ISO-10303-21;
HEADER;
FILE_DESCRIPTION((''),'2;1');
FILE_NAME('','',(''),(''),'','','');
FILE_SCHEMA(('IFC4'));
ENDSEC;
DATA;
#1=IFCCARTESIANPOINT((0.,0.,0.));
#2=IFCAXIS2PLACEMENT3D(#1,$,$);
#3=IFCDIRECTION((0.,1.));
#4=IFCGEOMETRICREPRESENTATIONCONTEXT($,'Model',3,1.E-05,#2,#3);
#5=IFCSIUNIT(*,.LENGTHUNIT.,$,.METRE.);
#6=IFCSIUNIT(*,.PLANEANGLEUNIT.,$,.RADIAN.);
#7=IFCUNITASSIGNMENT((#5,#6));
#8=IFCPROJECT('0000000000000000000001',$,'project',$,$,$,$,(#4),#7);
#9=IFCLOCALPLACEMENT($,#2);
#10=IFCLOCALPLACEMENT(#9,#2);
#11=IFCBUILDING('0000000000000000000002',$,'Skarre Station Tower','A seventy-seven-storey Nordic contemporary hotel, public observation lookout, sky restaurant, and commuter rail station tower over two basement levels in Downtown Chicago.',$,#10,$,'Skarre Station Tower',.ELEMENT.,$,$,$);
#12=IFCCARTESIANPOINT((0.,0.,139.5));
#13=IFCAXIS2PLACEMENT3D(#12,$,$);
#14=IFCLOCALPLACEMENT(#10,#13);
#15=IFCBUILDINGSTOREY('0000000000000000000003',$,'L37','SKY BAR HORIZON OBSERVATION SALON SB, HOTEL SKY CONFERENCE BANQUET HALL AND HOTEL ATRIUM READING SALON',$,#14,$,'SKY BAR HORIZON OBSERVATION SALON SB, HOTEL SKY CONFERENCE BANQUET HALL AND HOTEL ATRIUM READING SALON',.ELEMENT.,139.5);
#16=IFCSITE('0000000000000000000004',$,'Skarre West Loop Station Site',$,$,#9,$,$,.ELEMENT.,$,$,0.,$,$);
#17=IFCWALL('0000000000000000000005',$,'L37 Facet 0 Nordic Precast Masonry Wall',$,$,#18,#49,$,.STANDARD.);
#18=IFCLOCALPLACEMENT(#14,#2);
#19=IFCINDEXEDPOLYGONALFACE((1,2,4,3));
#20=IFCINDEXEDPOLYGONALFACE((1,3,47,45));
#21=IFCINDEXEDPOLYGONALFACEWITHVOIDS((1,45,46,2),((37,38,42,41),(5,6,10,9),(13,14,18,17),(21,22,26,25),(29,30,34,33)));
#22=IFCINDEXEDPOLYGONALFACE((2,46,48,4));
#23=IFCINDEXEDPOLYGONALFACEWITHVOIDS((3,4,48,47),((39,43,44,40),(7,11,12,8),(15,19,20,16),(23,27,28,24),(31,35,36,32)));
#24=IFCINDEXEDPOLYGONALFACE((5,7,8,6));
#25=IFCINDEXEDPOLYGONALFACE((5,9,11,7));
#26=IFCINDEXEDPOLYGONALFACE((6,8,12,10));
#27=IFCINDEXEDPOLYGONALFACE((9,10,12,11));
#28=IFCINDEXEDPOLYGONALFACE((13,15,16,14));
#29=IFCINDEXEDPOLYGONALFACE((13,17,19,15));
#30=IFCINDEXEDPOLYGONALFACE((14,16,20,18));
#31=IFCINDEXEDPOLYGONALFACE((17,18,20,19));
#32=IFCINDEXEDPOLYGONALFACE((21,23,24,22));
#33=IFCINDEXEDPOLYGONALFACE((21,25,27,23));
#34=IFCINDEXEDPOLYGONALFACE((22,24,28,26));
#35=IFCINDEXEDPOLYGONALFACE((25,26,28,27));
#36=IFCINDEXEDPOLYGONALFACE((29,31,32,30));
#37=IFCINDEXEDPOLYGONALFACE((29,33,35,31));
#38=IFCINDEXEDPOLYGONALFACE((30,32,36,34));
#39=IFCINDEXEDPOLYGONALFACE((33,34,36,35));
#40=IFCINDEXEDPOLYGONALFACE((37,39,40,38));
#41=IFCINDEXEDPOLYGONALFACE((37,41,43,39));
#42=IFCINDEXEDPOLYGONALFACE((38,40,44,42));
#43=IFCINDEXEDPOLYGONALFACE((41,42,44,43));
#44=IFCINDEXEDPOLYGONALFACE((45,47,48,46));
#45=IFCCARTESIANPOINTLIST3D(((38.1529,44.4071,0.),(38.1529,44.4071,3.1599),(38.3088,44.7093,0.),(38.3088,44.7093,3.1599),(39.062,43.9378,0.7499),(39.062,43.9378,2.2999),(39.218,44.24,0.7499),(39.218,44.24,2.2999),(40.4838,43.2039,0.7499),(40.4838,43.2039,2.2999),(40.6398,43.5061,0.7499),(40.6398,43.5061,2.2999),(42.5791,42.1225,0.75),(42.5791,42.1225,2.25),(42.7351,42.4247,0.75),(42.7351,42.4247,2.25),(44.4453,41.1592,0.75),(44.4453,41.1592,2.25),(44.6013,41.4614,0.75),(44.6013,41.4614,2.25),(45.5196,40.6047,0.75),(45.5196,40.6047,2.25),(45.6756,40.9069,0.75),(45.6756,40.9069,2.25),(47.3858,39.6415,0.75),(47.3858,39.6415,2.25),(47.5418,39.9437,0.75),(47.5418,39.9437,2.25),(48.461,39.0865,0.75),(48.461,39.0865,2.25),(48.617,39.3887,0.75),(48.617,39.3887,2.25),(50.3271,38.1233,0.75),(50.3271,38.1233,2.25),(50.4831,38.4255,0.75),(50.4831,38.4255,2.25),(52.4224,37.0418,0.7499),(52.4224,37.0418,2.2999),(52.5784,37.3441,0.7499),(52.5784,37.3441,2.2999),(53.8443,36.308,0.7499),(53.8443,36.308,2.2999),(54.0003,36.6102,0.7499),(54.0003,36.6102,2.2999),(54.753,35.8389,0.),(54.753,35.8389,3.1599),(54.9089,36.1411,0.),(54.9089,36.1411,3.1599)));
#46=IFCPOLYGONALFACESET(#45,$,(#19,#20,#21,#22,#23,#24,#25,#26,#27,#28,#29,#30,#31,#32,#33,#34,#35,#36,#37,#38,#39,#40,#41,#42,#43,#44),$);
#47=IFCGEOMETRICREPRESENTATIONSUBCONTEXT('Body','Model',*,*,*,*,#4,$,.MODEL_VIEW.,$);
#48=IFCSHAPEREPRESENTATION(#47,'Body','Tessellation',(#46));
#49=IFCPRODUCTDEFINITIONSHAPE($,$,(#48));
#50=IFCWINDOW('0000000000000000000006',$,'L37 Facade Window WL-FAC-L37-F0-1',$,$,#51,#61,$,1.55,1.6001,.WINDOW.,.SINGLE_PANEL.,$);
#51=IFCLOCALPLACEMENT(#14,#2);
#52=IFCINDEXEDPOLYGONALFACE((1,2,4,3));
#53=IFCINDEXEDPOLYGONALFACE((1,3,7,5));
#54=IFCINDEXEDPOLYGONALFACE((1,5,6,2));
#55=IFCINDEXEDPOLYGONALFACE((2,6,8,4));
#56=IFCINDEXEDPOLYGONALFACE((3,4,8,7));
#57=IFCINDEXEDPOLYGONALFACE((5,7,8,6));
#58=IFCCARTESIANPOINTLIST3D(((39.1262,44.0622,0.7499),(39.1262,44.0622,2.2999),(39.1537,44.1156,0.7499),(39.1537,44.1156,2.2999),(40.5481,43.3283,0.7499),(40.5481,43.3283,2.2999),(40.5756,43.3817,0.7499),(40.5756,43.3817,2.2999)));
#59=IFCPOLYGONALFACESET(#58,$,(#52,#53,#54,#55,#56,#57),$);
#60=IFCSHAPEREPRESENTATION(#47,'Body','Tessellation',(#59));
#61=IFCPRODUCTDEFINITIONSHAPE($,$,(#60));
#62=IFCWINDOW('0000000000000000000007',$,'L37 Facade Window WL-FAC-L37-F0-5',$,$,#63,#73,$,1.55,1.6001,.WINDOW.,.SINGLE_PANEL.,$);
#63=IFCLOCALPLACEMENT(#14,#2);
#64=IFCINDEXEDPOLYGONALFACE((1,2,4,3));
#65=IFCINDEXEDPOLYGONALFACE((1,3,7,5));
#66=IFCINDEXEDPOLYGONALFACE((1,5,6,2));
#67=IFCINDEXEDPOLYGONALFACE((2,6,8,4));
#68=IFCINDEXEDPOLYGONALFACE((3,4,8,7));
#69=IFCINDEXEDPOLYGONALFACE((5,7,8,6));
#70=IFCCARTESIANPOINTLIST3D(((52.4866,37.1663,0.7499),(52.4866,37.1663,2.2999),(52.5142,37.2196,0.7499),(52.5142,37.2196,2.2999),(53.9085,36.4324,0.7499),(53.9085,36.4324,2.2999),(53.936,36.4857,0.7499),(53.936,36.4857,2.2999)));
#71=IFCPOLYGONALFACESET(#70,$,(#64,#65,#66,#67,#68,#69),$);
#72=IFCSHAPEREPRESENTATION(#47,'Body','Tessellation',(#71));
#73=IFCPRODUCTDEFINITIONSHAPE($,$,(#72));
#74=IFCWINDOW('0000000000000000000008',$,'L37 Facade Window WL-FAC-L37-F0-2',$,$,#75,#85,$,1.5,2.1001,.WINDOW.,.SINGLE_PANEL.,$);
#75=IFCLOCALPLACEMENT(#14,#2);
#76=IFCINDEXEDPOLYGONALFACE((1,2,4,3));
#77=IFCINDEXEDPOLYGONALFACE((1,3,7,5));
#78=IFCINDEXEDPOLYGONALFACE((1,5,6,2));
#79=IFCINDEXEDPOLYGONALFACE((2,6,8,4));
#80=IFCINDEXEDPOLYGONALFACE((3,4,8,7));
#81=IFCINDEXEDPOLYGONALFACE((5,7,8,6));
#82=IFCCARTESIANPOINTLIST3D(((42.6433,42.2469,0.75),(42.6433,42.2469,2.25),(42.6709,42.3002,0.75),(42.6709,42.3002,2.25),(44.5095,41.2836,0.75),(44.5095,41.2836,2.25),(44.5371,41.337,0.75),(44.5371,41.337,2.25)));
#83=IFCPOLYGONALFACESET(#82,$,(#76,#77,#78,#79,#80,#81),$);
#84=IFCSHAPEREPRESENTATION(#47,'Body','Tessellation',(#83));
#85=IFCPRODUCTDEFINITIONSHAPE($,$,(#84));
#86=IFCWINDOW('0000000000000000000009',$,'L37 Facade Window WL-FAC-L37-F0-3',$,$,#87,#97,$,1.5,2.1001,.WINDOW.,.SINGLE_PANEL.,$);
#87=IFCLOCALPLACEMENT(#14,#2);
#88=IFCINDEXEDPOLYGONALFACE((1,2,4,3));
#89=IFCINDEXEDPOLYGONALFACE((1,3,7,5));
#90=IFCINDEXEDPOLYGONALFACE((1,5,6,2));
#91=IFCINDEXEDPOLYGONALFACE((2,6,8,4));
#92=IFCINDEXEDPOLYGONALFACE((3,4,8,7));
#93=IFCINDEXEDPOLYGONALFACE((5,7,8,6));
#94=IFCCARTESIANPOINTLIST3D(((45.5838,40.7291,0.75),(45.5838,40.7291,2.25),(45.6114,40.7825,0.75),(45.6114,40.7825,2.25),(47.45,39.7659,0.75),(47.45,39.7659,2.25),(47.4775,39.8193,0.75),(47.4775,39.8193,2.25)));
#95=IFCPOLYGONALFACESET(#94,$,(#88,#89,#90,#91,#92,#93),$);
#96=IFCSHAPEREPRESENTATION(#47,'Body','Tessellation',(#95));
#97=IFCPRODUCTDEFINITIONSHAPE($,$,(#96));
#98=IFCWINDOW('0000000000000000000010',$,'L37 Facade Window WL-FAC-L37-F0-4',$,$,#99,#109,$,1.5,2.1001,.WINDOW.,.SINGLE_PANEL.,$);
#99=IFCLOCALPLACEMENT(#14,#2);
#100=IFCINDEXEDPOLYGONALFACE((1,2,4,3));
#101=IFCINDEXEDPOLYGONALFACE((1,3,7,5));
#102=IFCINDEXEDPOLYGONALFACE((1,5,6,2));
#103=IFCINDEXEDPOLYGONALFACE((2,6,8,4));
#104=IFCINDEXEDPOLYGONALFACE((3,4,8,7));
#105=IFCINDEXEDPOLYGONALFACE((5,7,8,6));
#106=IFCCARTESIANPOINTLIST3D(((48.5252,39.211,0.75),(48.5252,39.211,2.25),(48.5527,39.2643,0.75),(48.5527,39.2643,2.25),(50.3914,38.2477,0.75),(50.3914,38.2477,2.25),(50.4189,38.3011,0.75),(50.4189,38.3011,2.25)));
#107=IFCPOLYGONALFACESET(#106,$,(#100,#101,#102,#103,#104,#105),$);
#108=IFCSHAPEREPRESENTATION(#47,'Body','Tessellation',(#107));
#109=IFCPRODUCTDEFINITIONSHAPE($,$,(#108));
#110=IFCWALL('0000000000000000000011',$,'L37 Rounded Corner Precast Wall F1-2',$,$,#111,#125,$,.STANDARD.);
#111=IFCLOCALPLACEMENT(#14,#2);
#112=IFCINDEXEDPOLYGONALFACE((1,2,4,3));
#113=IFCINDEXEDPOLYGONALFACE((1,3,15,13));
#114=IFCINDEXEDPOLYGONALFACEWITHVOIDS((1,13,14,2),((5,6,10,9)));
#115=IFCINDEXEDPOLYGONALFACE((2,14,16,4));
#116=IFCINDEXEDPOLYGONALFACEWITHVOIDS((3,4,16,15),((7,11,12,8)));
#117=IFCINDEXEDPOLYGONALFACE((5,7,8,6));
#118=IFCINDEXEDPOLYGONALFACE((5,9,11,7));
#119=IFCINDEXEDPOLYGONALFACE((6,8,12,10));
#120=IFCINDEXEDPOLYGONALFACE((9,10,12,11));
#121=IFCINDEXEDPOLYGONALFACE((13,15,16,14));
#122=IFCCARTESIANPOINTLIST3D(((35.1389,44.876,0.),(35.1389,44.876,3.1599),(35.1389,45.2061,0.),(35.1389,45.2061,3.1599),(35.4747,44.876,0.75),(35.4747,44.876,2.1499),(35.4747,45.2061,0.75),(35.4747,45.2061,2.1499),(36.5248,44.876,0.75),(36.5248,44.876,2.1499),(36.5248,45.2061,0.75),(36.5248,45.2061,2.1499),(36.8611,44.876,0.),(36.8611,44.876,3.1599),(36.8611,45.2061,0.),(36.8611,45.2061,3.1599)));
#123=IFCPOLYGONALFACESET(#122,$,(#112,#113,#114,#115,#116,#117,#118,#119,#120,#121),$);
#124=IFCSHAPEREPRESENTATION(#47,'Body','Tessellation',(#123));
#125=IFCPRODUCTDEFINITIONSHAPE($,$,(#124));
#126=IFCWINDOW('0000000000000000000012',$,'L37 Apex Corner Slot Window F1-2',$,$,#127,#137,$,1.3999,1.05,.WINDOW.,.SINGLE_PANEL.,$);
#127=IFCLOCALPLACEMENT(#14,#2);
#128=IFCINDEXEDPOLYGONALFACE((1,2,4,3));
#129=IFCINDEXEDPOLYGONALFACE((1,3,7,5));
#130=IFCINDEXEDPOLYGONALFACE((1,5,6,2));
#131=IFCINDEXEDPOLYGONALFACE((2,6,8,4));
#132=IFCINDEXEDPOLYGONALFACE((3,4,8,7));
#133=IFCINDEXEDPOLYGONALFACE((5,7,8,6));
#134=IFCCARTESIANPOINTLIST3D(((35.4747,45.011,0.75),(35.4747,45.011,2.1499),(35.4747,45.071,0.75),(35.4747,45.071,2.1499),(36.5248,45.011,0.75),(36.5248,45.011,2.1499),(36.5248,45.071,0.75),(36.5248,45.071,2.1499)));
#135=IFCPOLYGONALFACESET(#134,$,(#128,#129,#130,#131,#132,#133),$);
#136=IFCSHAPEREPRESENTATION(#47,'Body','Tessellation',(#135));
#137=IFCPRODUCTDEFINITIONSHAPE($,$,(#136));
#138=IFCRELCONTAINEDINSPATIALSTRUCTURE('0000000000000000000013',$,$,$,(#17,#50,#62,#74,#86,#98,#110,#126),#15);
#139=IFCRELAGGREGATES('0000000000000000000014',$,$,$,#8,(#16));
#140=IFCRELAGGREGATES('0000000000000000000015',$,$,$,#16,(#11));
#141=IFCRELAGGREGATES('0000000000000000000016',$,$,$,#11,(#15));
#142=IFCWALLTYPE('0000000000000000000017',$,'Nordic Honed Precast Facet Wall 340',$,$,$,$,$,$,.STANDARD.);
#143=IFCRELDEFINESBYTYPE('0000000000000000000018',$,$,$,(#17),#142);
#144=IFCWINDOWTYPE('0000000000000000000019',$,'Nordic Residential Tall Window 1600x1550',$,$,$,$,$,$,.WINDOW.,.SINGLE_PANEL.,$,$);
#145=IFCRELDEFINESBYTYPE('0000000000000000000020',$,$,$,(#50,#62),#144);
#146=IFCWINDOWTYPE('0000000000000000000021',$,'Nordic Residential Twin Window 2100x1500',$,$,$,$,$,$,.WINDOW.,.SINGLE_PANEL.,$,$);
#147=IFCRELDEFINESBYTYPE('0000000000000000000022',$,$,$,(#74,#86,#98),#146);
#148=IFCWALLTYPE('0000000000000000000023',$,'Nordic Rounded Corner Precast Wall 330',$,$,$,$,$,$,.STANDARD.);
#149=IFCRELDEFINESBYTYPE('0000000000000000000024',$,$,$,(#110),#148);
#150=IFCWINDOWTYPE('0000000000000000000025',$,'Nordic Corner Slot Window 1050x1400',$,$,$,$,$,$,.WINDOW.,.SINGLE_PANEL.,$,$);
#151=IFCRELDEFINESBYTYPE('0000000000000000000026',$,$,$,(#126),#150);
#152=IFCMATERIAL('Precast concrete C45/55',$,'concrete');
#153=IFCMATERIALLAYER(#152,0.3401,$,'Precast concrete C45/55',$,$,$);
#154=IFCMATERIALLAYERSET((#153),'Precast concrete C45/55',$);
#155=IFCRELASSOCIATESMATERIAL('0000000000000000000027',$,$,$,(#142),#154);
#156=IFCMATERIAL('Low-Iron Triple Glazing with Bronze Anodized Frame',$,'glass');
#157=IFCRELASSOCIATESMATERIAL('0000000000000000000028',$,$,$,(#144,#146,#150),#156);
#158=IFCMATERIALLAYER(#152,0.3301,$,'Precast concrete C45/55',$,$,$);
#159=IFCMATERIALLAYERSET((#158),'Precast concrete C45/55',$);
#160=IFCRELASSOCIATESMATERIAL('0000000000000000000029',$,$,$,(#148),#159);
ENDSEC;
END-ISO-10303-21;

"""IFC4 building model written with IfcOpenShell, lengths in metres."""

from ifc_helpers import new_model, si_unit, direction, frame, frame_2d, origin, place, context, subcontext, project, spatial, rectangle, extrude, material, layer, layer_set, type_object, element, fill, save


model = new_model("IFC4")

# Units and contexts
model_context = context("Model", 3, precision=1e-05, world=origin(), true_north=direction((0.0, 1.0)))
body_context = subcontext(model_context, "Body", "Model", "MODEL_VIEW")
ifc_project = project(units=[si_unit("LENGTHUNIT", "METRE"), si_unit("PLANEANGLEUNIT", "RADIAN")], contexts=[model_context])

# Site, building, storey
site_placement = place(None, origin())
site = spatial("IfcSite", under=ifc_project, at=site_placement, Name="Skarre West Loop Station Site", CompositionType="ELEMENT", RefElevation=0.0)
building_placement = place(site_placement, origin())
building = spatial("IfcBuilding", under=site, at=building_placement, Name="Skarre Station Tower", Description="A seventy-seven-storey Nordic contemporary hotel, public observation lookout, sky restaurant, and commuter rail station tower over two basement levels in Downtown Chicago.", LongName="Skarre Station Tower", CompositionType="ELEMENT")
storey_placement = place(building_placement, frame((0.0, 0.0, 139.5)))
storey = spatial("IfcBuildingStorey", under=building, at=storey_placement, Name="L37", Description="SKY BAR HORIZON OBSERVATION SALON SB, HOTEL SKY CONFERENCE BANQUET HALL AND HOTEL ATRIUM READING SALON", LongName="SKY BAR HORIZON OBSERVATION SALON SB, HOTEL SKY CONFERENCE BANQUET HALL AND HOTEL ATRIUM READING SALON", CompositionType="ELEMENT", Elevation=139.5)

# Wall, openings, windows
ifc_material_1 = material(Name="Precast concrete C45/55", Category="concrete")
ifc_layer_1 = layer(ifc_material_1, 0.3401, Name="Precast concrete C45/55")
ifc_layer_set_1 = layer_set([ifc_layer_1], Name="Precast concrete C45/55")
wall_type_1 = type_object("IfcWallType", Name="Nordic Honed Precast Facet Wall 340", PredefinedType="STANDARD", material=ifc_layer_set_1)
wall_1_placement = place(storey_placement, frame((38.231, 44.5581, 0.0), z_axis=(0.0, 0.0, 1.0), x_axis=(0.888614, -0.458657, 0.0)))
wall_1 = element("IfcWall", 1, at=wall_1_placement, inside=storey, type_object=wall_type_1, Name="L37 Facet 0 Nordic Precast Masonry Wall", PredefinedType="STANDARD", context=body_context, shape_type="SweptSolid", body=[
    extrude(rectangle(XDim=18.6809, YDim=0.3401, at=frame_2d((9.3403, 0.0))), origin(), (0.0, 0.0, 1.0), 3.1599),
])
opening_1_placement = place(wall_1_placement, frame((1.0229, 0.0, 0.75)))
opening_1 = element("IfcOpeningElement", 2, at=opening_1_placement, cuts=wall_1, PredefinedType="OPENING", context=body_context, shape_type="SweptSolid", body=[
    extrude(rectangle(XDim=1.6001, YDim=1.55, at=frame_2d((0.8, 0.7749))), frame((0.0, 0.1799, 0.0), z_axis=(0.0, -1.0, 0.0), x_axis=(1.0, 0.0, 0.0)), (0.0, 0.0, 1.0), 0.3601),
])
opening_2_placement = place(wall_1_placement, frame((4.981, 0.0, 0.75)))
opening_2 = element("IfcOpeningElement", 3, at=opening_2_placement, cuts=wall_1, PredefinedType="OPENING", context=body_context, shape_type="SweptSolid", body=[
    extrude(rectangle(XDim=2.1001, YDim=1.5, at=frame_2d((1.05, 0.75))), frame((0.0, 0.1799, 0.0), z_axis=(0.0, -1.0, 0.0), x_axis=(1.0, 0.0, 0.0)), (0.0, 0.0, 1.0), 0.3601),
])
opening_3_placement = place(wall_1_placement, frame((8.29, 0.0, 0.75)))
opening_3 = element("IfcOpeningElement", 4, at=opening_3_placement, cuts=wall_1, PredefinedType="OPENING", context=body_context, shape_type="SweptSolid", body=[
    extrude(rectangle(XDim=2.1001, YDim=1.5, at=frame_2d((1.05, 0.75))), frame((0.0, 0.1799, 0.0), z_axis=(0.0, -1.0, 0.0), x_axis=(1.0, 0.0, 0.0)), (0.0, 0.0, 1.0), 0.3601),
])
opening_4_placement = place(wall_1_placement, frame((11.6001, 0.0, 0.75)))
opening_4 = element("IfcOpeningElement", 5, at=opening_4_placement, cuts=wall_1, PredefinedType="OPENING", context=body_context, shape_type="SweptSolid", body=[
    extrude(rectangle(XDim=2.1001, YDim=1.5, at=frame_2d((1.05, 0.75))), frame((0.0, 0.1799, 0.0), z_axis=(0.0, -1.0, 0.0), x_axis=(1.0, 0.0, 0.0)), (0.0, 0.0, 1.0), 0.3601),
])
opening_5_placement = place(wall_1_placement, frame((16.0581, 0.0, 0.75)))
opening_5 = element("IfcOpeningElement", 6, at=opening_5_placement, cuts=wall_1, PredefinedType="OPENING", context=body_context, shape_type="SweptSolid", body=[
    extrude(rectangle(XDim=1.6001, YDim=1.55, at=frame_2d((0.8, 0.7749))), frame((0.0, 0.1799, 0.0), z_axis=(0.0, -1.0, 0.0), x_axis=(1.0, 0.0, 0.0)), (0.0, 0.0, 1.0), 0.3601),
])
ifc_material_2 = material(Name="Low-Iron Triple Glazing with Bronze Anodized Frame", Category="glass")
window_type_1 = type_object("IfcWindowType", Name="Nordic Residential Tall Window 1600x1550", PartitioningType="SINGLE_PANEL", PredefinedType="WINDOW", material=ifc_material_2)
window_1_placement = place(opening_1_placement, origin())
window_1 = element("IfcWindow", 7, at=window_1_placement, inside=storey, type_object=window_type_1, Name="L37 Facade Window WL-FAC-L37-F0-1", OverallHeight=1.55, OverallWidth=1.6001, PartitioningType="SINGLE_PANEL", PredefinedType="WINDOW", context=body_context, shape_type="SweptSolid", body=[
    extrude(rectangle(XDim=1.6001, YDim=1.55, at=frame_2d((0.8, 0.7749))), frame((0.0, 0.03, 0.0), z_axis=(0.0, -1.0, 0.0), x_axis=(1.0, 0.0, 0.0)), (0.0, 0.0, 1.0), 0.0601),
])
fill(opening_1, window_1)
window_2_placement = place(opening_5_placement, origin())
window_2 = element("IfcWindow", 8, at=window_2_placement, inside=storey, type_object=window_type_1, Name="L37 Facade Window WL-FAC-L37-F0-5", OverallHeight=1.55, OverallWidth=1.6001, PartitioningType="SINGLE_PANEL", PredefinedType="WINDOW", context=body_context, shape_type="SweptSolid", body=[
    extrude(rectangle(XDim=1.6001, YDim=1.55, at=frame_2d((0.8, 0.7749))), frame((0.0, 0.03, 0.0), z_axis=(0.0, -1.0, 0.0), x_axis=(1.0, 0.0, 0.0)), (0.0, 0.0, 1.0), 0.0601),
])
fill(opening_5, window_2)
window_type_2 = type_object("IfcWindowType", Name="Nordic Residential Twin Window 2100x1500", PartitioningType="SINGLE_PANEL", PredefinedType="WINDOW", material=ifc_material_2)
window_3_placement = place(opening_2_placement, origin())
window_3 = element("IfcWindow", 9, at=window_3_placement, inside=storey, type_object=window_type_2, Name="L37 Facade Window WL-FAC-L37-F0-2", OverallHeight=1.5, OverallWidth=2.1001, PartitioningType="SINGLE_PANEL", PredefinedType="WINDOW", context=body_context, shape_type="SweptSolid", body=[
    extrude(rectangle(XDim=2.1001, YDim=1.5, at=frame_2d((1.05, 0.75))), frame((0.0, 0.03, 0.0), z_axis=(0.0, -1.0, 0.0), x_axis=(1.0, 0.0, 0.0)), (0.0, 0.0, 1.0), 0.0601),
])
fill(opening_2, window_3)
window_4_placement = place(opening_3_placement, origin())
window_4 = element("IfcWindow", 10, at=window_4_placement, inside=storey, type_object=window_type_2, Name="L37 Facade Window WL-FAC-L37-F0-3", OverallHeight=1.5, OverallWidth=2.1001, PartitioningType="SINGLE_PANEL", PredefinedType="WINDOW", context=body_context, shape_type="SweptSolid", body=[
    extrude(rectangle(XDim=2.1001, YDim=1.5, at=frame_2d((1.05, 0.75))), frame((0.0, 0.03, 0.0), z_axis=(0.0, -1.0, 0.0), x_axis=(1.0, 0.0, 0.0)), (0.0, 0.0, 1.0), 0.0601),
])
fill(opening_3, window_4)
window_5_placement = place(opening_4_placement, origin())
window_5 = element("IfcWindow", 11, at=window_5_placement, inside=storey, type_object=window_type_2, Name="L37 Facade Window WL-FAC-L37-F0-4", OverallHeight=1.5, OverallWidth=2.1001, PartitioningType="SINGLE_PANEL", PredefinedType="WINDOW", context=body_context, shape_type="SweptSolid", body=[
    extrude(rectangle(XDim=2.1001, YDim=1.5, at=frame_2d((1.05, 0.75))), frame((0.0, 0.03, 0.0), z_axis=(0.0, -1.0, 0.0), x_axis=(1.0, 0.0, 0.0)), (0.0, 0.0, 1.0), 0.0601),
])
fill(opening_4, window_5)

# Wall, opening, window
ifc_layer_2 = layer(ifc_material_1, 0.3301, Name="Precast concrete C45/55")
ifc_layer_set_2 = layer_set([ifc_layer_2], Name="Precast concrete C45/55")
wall_type_2 = type_object("IfcWallType", Name="Nordic Rounded Corner Precast Wall 330", PredefinedType="STANDARD", material=ifc_layer_set_2)
wall_2_placement = place(storey_placement, frame((35.1389, 45.041, 0.0), z_axis=(0.0, 0.0, 1.0), x_axis=(1.0, 0.0, 0.0)))
wall_2 = element("IfcWall", 12, at=wall_2_placement, inside=storey, type_object=wall_type_2, Name="L37 Rounded Corner Precast Wall F1-2", PredefinedType="STANDARD", context=body_context, shape_type="SweptSolid", body=[
    extrude(rectangle(XDim=1.7222, YDim=0.3301, at=frame_2d((0.8611, 0.0))), origin(), (0.0, 0.0, 1.0), 3.1599),
])
opening_6_placement = place(wall_2_placement, frame((0.3359, 0.0, 0.75)))
opening_6 = element("IfcOpeningElement", 13, at=opening_6_placement, cuts=wall_2, PredefinedType="OPENING", context=body_context, shape_type="SweptSolid", body=[
    extrude(rectangle(XDim=1.05, YDim=1.3999, at=frame_2d((0.5249, 0.7))), frame((0.0, 0.175, 0.0), z_axis=(0.0, -1.0, 0.0), x_axis=(1.0, 0.0, 0.0)), (0.0, 0.0, 1.0), 0.3501),
])
window_type_3 = type_object("IfcWindowType", Name="Nordic Corner Slot Window 1050x1400", PartitioningType="SINGLE_PANEL", PredefinedType="WINDOW", material=ifc_material_2)
window_6_placement = place(opening_6_placement, origin())
window_6 = element("IfcWindow", 14, at=window_6_placement, inside=storey, type_object=window_type_3, Name="L37 Apex Corner Slot Window F1-2", OverallHeight=1.3999, OverallWidth=1.05, PartitioningType="SINGLE_PANEL", PredefinedType="WINDOW", context=body_context, shape_type="SweptSolid", body=[
    extrude(rectangle(XDim=1.05, YDim=1.3999, at=frame_2d((0.5249, 0.7))), frame((0.0, 0.03, 0.0), z_axis=(0.0, -1.0, 0.0), x_axis=(1.0, 0.0, 0.0)), (0.0, 0.0, 1.0), 0.0601),
])
fill(opening_6, window_6)

save(model, "model.ifc")
